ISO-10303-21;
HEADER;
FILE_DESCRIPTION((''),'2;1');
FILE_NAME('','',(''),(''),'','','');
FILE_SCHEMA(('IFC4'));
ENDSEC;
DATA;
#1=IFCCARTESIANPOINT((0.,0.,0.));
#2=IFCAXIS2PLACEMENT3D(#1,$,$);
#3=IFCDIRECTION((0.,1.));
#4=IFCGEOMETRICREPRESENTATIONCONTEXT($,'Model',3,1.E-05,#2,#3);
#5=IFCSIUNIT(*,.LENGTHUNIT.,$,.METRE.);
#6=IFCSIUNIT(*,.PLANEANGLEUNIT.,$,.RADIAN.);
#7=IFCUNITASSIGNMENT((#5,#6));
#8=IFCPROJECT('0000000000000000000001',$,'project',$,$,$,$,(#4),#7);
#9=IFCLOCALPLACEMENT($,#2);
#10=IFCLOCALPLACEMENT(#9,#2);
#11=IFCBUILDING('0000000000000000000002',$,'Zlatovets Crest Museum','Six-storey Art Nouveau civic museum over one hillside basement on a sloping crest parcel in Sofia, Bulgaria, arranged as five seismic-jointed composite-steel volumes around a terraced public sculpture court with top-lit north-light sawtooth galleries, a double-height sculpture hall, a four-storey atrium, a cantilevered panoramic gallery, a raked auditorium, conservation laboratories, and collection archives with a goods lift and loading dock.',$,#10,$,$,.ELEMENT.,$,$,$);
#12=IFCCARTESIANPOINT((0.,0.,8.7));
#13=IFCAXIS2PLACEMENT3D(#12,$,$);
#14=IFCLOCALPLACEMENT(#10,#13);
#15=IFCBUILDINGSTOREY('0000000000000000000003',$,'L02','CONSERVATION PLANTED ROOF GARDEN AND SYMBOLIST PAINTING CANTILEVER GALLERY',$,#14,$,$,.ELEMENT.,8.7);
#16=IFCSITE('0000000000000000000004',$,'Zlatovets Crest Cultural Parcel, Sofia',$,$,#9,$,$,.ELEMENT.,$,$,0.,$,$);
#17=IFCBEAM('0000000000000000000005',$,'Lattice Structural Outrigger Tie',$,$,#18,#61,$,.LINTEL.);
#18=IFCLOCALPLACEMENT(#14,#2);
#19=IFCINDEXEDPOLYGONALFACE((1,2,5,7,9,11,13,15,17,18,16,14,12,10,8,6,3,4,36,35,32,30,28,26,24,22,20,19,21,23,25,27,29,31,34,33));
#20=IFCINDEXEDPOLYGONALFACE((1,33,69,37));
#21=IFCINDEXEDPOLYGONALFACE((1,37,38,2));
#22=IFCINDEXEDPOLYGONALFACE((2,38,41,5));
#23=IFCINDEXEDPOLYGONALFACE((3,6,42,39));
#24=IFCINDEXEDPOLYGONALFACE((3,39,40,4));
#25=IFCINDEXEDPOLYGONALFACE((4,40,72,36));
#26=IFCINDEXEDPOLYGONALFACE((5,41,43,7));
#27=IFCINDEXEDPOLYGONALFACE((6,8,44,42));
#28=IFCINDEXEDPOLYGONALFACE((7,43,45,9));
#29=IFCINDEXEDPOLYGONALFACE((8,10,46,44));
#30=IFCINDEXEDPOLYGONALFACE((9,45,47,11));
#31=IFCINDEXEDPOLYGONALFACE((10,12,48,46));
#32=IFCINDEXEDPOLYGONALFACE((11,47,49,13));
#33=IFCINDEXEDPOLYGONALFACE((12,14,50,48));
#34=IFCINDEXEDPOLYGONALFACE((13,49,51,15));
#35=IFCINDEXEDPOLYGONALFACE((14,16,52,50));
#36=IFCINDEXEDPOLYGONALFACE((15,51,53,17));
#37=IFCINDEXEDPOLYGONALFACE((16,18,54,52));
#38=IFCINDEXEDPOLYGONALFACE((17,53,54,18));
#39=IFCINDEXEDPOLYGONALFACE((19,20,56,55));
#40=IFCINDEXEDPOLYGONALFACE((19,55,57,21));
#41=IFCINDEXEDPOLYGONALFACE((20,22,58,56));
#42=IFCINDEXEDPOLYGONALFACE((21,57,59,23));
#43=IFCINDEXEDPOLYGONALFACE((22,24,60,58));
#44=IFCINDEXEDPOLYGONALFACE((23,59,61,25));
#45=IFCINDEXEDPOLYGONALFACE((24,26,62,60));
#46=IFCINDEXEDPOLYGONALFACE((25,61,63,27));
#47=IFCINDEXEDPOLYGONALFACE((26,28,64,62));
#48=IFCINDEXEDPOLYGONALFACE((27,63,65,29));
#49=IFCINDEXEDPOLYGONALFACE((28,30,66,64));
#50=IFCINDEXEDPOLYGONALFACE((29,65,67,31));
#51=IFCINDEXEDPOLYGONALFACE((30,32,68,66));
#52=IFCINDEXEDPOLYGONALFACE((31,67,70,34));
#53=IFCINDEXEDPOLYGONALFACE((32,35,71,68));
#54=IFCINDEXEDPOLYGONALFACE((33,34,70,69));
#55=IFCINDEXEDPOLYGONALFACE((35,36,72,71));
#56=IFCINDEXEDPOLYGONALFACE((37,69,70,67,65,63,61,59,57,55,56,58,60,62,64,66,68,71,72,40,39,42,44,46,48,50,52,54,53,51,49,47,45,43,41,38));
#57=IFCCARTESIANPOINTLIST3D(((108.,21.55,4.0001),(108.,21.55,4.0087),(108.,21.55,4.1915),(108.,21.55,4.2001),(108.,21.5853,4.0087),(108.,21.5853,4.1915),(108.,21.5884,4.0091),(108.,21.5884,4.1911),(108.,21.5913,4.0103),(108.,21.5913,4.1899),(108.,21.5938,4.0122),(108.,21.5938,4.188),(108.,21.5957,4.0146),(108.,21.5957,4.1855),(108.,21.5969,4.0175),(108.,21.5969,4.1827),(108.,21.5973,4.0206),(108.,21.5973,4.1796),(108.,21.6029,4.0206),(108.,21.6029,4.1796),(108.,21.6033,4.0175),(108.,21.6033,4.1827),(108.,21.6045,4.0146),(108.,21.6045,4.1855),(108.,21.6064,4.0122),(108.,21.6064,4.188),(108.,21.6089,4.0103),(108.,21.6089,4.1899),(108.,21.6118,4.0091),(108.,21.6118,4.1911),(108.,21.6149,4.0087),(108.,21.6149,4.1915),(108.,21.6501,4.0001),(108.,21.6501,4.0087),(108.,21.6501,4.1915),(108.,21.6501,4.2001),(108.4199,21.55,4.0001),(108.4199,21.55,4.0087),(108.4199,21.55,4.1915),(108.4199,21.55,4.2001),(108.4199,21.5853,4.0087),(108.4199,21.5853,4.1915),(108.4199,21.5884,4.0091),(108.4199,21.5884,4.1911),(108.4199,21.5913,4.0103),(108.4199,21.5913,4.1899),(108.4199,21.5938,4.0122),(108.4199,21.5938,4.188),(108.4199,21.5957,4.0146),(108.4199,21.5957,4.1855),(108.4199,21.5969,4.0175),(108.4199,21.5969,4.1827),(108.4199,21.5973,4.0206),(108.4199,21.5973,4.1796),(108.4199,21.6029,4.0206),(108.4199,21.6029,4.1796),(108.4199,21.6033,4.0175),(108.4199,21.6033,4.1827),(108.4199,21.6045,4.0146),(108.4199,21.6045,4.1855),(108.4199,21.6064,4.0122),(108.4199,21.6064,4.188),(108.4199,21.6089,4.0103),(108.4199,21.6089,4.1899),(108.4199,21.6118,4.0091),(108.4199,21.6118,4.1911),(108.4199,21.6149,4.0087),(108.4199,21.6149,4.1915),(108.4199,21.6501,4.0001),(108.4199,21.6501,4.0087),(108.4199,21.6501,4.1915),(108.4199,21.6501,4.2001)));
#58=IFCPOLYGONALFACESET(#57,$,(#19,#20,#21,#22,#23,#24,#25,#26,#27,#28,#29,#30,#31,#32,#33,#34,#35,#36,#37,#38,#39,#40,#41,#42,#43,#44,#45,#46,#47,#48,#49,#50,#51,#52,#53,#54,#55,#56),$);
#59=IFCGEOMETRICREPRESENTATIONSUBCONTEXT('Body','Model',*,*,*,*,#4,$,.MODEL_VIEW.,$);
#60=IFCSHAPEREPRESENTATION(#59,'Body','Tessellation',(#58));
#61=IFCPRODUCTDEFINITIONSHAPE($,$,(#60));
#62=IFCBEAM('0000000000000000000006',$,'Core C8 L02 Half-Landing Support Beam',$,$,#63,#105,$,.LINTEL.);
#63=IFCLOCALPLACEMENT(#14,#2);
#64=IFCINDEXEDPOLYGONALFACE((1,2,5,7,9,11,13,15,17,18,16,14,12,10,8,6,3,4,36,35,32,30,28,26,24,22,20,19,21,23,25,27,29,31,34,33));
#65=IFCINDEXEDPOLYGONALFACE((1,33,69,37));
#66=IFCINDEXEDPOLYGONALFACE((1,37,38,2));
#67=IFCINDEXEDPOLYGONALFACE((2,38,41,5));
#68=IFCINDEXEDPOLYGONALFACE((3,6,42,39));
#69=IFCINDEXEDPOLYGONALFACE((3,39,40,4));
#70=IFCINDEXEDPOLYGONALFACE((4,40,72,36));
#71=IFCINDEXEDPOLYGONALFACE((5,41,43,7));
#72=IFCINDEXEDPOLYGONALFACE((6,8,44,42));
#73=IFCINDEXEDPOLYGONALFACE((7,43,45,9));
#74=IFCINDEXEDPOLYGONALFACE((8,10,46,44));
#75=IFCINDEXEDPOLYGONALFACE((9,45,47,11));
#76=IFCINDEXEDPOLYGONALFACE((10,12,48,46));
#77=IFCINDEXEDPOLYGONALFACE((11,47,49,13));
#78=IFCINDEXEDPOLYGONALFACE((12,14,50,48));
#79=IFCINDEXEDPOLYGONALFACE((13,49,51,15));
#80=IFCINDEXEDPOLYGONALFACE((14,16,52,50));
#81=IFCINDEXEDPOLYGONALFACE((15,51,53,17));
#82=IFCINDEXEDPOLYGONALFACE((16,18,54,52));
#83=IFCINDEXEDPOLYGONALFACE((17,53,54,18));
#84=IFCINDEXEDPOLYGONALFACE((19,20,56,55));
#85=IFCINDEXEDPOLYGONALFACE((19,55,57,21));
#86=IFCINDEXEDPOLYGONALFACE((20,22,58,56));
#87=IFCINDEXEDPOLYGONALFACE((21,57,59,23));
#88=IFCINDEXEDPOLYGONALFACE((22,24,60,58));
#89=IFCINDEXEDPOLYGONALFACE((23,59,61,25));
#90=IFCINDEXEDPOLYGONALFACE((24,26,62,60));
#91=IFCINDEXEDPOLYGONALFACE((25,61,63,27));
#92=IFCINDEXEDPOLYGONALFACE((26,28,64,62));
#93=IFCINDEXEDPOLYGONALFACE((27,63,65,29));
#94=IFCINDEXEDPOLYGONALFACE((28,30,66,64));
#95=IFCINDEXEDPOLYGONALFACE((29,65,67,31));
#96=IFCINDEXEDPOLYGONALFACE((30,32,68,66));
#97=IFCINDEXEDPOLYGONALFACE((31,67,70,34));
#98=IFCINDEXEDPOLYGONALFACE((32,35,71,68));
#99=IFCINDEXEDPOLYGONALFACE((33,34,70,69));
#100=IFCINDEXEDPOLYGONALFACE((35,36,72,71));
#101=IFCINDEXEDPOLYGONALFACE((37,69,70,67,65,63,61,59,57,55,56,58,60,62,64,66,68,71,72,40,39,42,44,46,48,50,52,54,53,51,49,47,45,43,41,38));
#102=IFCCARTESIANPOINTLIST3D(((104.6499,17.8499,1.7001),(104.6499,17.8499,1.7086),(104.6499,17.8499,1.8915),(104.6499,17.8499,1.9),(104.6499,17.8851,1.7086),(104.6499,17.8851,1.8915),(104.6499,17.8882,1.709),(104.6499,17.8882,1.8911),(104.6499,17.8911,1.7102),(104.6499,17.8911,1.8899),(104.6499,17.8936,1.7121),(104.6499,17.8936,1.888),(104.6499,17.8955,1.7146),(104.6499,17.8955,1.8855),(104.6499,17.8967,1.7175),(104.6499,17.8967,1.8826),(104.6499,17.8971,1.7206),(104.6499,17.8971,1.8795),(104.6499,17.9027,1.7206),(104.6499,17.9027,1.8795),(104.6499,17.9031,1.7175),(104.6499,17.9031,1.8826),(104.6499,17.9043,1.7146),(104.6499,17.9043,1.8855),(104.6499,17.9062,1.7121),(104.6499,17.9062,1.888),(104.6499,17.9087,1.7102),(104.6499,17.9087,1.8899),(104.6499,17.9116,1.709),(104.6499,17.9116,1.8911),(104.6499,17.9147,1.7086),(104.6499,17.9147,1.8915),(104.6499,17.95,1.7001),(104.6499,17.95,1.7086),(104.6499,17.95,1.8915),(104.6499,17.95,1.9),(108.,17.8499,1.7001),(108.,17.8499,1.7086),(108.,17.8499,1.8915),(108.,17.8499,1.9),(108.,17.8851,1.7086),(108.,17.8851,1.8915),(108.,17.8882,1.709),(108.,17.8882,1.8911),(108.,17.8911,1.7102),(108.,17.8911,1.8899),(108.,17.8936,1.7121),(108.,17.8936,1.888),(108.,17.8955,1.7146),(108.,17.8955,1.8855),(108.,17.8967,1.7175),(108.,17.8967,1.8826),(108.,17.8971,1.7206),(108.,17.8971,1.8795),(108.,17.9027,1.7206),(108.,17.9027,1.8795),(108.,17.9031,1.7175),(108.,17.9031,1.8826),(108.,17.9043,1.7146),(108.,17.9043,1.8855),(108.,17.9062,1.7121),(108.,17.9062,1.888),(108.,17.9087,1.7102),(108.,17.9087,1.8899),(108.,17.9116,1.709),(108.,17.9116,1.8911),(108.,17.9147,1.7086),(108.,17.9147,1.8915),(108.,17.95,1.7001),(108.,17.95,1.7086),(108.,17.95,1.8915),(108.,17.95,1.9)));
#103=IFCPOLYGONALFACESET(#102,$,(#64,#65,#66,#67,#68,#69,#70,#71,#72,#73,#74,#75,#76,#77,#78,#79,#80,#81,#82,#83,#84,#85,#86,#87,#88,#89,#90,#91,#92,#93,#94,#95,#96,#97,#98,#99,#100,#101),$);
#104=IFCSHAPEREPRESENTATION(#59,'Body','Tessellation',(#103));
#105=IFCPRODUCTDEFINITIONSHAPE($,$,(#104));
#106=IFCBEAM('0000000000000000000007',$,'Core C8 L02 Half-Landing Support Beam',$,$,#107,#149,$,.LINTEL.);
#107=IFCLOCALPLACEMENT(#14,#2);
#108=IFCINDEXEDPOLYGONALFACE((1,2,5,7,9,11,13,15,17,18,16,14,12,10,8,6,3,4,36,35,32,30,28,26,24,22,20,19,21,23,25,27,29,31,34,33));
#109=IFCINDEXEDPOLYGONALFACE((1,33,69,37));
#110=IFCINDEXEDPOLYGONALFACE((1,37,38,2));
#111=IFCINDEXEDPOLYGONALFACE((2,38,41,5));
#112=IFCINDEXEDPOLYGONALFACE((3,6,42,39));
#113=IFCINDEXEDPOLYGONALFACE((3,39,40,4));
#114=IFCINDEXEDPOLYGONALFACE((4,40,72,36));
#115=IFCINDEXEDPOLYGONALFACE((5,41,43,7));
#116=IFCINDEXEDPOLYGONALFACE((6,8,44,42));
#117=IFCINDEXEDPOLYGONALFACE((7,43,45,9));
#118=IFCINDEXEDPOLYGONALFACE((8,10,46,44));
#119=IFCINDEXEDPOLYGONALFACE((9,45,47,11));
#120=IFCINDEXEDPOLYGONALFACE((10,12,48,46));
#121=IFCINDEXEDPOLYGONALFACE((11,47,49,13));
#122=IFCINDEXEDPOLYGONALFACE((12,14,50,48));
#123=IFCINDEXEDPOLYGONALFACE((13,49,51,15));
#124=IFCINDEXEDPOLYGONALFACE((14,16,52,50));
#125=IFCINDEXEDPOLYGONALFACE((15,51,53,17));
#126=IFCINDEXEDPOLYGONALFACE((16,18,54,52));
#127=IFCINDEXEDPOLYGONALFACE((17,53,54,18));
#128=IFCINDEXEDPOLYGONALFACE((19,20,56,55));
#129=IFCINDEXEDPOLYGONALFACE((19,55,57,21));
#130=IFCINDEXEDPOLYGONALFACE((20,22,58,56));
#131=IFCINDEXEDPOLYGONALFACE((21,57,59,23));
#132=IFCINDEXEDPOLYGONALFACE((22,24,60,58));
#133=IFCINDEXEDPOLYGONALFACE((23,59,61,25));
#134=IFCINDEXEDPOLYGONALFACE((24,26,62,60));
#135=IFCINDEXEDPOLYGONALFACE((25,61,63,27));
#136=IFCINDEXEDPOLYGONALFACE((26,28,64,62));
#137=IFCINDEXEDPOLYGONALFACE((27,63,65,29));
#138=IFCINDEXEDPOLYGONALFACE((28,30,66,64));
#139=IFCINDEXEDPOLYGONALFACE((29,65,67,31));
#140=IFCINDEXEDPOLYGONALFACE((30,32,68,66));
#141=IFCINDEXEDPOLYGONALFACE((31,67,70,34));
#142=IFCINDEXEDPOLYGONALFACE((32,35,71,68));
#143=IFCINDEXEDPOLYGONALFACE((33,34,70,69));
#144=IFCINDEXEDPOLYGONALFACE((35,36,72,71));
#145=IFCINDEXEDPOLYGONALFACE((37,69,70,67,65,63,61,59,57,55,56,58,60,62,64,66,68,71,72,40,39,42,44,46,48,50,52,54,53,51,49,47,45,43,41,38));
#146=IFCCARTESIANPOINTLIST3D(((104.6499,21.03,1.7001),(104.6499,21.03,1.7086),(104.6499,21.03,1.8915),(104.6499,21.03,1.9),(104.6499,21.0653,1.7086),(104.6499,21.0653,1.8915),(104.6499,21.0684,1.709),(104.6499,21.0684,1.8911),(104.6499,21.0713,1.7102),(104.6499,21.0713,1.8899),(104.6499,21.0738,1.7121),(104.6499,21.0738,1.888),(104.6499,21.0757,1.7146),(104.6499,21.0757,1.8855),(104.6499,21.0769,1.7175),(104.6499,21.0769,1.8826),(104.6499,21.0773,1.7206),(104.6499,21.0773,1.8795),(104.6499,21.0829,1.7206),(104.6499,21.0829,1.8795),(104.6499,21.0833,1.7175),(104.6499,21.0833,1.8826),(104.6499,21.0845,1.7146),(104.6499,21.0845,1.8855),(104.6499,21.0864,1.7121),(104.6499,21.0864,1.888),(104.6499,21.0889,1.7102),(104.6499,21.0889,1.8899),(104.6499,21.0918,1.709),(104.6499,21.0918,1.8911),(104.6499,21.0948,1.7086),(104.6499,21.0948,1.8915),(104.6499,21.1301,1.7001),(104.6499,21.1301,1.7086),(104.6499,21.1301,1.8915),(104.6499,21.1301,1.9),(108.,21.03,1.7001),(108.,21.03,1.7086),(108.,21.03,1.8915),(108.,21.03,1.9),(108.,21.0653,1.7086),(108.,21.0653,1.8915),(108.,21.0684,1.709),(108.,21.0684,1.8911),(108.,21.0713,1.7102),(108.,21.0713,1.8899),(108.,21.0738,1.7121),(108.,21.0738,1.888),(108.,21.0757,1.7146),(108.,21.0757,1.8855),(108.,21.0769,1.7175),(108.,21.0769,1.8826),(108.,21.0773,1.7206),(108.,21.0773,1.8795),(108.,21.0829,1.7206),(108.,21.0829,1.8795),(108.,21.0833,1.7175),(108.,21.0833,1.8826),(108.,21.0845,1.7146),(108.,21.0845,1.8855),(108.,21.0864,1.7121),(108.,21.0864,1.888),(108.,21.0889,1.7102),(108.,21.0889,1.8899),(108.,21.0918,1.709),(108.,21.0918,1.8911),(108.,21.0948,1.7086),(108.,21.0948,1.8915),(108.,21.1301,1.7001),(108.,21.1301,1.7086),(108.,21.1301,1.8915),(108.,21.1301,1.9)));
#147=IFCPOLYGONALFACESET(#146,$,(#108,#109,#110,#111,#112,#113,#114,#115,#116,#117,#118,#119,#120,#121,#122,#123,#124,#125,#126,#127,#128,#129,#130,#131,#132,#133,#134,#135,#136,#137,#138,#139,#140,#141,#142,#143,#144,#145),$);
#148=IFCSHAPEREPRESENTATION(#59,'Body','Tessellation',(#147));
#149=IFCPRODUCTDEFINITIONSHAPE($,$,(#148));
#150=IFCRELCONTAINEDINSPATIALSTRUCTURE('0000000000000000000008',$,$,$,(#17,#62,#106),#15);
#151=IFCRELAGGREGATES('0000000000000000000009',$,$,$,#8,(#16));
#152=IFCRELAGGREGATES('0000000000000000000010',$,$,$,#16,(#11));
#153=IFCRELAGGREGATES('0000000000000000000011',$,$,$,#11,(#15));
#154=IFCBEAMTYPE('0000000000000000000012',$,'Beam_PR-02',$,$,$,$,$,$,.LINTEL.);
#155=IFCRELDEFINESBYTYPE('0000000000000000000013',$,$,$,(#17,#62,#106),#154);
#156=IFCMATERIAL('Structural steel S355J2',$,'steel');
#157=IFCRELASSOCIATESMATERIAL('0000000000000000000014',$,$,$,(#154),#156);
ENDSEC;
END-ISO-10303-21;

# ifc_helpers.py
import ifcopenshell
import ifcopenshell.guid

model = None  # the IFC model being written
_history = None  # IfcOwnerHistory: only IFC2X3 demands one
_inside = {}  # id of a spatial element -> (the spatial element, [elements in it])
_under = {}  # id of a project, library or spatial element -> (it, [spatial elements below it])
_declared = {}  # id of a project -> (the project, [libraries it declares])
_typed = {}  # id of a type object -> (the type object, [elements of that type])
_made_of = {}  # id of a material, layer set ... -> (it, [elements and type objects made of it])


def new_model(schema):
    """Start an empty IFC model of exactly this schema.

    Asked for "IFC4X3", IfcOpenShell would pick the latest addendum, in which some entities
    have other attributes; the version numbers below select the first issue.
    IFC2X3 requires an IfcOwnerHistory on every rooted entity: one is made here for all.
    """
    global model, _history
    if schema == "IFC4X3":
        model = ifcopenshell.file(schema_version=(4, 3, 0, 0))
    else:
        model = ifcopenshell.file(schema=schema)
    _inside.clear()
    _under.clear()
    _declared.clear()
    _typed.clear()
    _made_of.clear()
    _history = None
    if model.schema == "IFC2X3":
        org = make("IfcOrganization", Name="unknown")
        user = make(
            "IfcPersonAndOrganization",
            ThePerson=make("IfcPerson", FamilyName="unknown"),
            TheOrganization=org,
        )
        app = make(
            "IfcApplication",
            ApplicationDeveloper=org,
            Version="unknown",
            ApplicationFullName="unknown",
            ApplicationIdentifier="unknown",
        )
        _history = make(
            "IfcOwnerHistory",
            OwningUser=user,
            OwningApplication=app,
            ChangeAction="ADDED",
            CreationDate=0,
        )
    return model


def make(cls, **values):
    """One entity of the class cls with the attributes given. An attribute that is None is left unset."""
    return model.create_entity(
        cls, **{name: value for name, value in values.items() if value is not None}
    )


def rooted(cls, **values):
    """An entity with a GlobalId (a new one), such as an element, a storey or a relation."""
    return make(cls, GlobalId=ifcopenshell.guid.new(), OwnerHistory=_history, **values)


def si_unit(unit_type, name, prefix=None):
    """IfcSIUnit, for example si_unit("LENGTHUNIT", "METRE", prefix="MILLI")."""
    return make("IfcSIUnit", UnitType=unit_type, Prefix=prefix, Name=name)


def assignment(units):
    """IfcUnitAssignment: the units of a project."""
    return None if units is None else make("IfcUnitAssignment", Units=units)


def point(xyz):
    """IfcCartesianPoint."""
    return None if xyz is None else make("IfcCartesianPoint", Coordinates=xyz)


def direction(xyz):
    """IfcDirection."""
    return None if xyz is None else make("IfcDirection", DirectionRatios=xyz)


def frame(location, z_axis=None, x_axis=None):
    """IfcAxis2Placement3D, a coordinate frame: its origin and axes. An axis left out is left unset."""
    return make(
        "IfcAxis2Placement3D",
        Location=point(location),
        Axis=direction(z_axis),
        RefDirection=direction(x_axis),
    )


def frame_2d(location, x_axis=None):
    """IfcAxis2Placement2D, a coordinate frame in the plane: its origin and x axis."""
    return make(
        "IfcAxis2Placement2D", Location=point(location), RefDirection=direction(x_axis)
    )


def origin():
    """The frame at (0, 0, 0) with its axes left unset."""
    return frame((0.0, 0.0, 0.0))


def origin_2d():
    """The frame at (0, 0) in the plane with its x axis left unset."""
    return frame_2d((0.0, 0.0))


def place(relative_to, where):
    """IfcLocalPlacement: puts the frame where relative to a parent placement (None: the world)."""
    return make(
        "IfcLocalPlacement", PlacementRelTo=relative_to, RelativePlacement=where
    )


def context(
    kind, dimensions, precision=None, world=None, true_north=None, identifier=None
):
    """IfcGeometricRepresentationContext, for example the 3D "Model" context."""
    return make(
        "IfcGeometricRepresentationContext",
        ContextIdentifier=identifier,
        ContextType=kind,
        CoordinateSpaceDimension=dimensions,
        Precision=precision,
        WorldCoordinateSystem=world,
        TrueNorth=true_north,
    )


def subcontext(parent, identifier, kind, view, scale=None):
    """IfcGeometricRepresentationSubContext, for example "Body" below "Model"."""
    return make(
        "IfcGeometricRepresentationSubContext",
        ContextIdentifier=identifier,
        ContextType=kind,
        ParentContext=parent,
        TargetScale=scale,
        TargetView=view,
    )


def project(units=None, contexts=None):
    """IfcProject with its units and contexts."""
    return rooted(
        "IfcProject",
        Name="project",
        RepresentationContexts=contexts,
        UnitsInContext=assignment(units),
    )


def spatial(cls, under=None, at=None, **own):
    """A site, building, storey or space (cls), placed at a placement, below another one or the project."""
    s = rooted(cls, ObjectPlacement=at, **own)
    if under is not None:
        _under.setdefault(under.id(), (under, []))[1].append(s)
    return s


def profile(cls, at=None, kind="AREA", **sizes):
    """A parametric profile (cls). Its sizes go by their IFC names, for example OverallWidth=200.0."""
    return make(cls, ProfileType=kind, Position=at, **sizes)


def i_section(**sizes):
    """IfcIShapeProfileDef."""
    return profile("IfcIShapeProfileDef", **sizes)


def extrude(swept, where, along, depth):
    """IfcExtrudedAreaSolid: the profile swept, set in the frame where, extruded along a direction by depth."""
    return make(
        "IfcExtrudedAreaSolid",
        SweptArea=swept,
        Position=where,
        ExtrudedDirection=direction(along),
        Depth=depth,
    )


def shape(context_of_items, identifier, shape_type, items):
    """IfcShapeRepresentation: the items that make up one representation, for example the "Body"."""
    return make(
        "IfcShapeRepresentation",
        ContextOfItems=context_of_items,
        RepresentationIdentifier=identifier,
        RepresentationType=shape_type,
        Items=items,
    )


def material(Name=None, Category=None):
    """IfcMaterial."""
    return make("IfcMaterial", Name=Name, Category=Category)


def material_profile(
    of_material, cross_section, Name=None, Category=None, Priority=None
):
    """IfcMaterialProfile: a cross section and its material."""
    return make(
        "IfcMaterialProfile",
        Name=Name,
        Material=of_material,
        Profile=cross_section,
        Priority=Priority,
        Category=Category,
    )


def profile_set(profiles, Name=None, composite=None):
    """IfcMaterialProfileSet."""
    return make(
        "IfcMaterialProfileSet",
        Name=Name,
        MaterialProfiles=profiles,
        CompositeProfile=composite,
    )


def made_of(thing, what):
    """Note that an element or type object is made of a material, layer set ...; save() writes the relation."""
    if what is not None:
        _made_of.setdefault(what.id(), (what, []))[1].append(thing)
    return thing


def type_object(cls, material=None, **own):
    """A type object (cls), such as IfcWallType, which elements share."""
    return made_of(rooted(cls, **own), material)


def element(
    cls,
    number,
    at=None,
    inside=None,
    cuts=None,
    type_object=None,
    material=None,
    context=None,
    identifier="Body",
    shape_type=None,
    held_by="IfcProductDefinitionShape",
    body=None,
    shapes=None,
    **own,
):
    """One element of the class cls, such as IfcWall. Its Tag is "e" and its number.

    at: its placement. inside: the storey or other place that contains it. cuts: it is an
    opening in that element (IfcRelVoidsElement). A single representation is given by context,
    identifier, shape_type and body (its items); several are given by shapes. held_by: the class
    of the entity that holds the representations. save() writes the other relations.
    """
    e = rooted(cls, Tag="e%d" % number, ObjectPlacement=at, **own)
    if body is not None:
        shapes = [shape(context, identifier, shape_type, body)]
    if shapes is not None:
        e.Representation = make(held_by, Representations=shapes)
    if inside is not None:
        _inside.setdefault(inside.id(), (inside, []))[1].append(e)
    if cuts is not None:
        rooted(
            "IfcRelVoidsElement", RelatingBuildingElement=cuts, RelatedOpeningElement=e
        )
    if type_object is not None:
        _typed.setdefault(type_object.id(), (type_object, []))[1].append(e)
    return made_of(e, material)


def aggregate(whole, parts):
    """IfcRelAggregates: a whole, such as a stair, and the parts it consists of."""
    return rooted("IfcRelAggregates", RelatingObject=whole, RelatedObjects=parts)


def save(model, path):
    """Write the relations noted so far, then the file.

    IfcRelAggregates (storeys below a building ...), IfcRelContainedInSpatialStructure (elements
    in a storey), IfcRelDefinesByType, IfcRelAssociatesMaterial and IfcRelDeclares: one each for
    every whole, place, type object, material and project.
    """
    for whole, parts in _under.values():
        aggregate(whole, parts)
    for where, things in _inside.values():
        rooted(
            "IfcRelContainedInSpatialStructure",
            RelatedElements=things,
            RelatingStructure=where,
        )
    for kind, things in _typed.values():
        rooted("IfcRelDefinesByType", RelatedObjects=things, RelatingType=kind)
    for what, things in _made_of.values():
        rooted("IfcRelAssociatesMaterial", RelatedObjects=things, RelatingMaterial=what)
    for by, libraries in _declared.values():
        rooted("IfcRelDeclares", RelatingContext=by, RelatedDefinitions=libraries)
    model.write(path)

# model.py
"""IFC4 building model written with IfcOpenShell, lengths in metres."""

from ifc_helpers import new_model, si_unit, direction, frame, origin, origin_2d, place, context, subcontext, project, spatial, i_section, extrude, material, material_profile, profile_set, type_object, element, save


model = new_model("IFC4")

# Units and contexts
model_context = context("Model", 3, precision=1e-05, world=origin(), true_north=direction((0.0, 1.0)))
body_context = subcontext(model_context, "Body", "Model", "MODEL_VIEW")
ifc_project = project(units=[si_unit("LENGTHUNIT", "METRE"), si_unit("PLANEANGLEUNIT", "RADIAN")], contexts=[model_context])

# Site, building, storey
site_placement = place(None, origin())
site = spatial("IfcSite", under=ifc_project, at=site_placement, Name="Zlatovets Crest Cultural Parcel, Sofia", CompositionType="ELEMENT", RefElevation=0.0)
building_placement = place(site_placement, origin())
building = spatial("IfcBuilding", under=site, at=building_placement, Name="Zlatovets Crest Museum", Description="Six-storey Art Nouveau civic museum over one hillside basement on a sloping crest parcel in Sofia, Bulgaria, arranged as five seismic-jointed composite-steel volumes around a terraced public sculpture court with top-lit north-light sawtooth galleries, a double-height sculpture hall, a four-storey atrium, a cantilevered panoramic gallery, a raked auditorium, conservation laboratories, and collection archives with a goods lift and loading dock.", CompositionType="ELEMENT")
storey_placement = place(building_placement, frame((0.0, 0.0, 8.7)))
storey = spatial("IfcBuildingStorey", under=building, at=storey_placement, Name="L02", Description="CONSERVATION PLANTED ROOF GARDEN AND SYMBOLIST PAINTING CANTILEVER GALLERY", CompositionType="ELEMENT", Elevation=8.7)

# Shared definitions
ifc_material_1 = material(Name="Structural steel S355J2", Category="steel")

# Beams
ifc_material_profile_1 = material_profile(ifc_material_1, i_section(OverallWidth=0.1001, OverallDepth=0.2, WebThickness=0.0056, FlangeThickness=0.0085, FilletRadius=0.012, at=origin_2d()), Name="IPE 200")
ifc_profile_set_1 = profile_set([ifc_material_profile_1], Name="Structural steel S355J2")
beam_type_1 = type_object("IfcBeamType", Name="Beam_PR-02", PredefinedType="LINTEL", material=ifc_profile_set_1)
for number, where, z_axis, x_axis, name in (
    (1, (108.0, 21.6001, 4.1001), (1.0, 0.0, 0.0), (0.0, 1.0, 0.0), "Lattice Structural Outrigger Tie"),
):
    element("IfcBeam", number, at=place(storey_placement, frame(where, z_axis=z_axis, x_axis=x_axis)), inside=storey, type_object=beam_type_1, Name=name, PredefinedType="LINTEL", context=body_context, shape_type="SweptSolid", body=[
        extrude(i_section(OverallWidth=0.1001, OverallDepth=0.2, WebThickness=0.0056, FlangeThickness=0.0085, FilletRadius=0.012, at=origin_2d()), origin(), (0.0, 0.0, 1.0), 0.4199),
    ])
for number, where, z_axis, x_axis, name in (
    (2, (104.6499, 17.8999, 1.8), (1.0, 0.0, 0.0), (0.0, 1.0, 0.0), "Core C8 L02 Half-Landing Support Beam"),
    (3, (104.6499, 21.0801, 1.8), (1.0, 0.0, 0.0), (0.0, 1.0, 0.0), "Core C8 L02 Half-Landing Support Beam"),
):
    element("IfcBeam", number, at=place(storey_placement, frame(where, z_axis=z_axis, x_axis=x_axis)), inside=storey, type_object=beam_type_1, Name=name, PredefinedType="LINTEL", context=body_context, shape_type="SweptSolid", body=[
        extrude(i_section(OverallWidth=0.1001, OverallDepth=0.2, WebThickness=0.0056, FlangeThickness=0.0085, FilletRadius=0.012, at=origin_2d()), origin(), (0.0, 0.0, 1.0), 3.3501),
    ])

save(model, "model.ifc")
